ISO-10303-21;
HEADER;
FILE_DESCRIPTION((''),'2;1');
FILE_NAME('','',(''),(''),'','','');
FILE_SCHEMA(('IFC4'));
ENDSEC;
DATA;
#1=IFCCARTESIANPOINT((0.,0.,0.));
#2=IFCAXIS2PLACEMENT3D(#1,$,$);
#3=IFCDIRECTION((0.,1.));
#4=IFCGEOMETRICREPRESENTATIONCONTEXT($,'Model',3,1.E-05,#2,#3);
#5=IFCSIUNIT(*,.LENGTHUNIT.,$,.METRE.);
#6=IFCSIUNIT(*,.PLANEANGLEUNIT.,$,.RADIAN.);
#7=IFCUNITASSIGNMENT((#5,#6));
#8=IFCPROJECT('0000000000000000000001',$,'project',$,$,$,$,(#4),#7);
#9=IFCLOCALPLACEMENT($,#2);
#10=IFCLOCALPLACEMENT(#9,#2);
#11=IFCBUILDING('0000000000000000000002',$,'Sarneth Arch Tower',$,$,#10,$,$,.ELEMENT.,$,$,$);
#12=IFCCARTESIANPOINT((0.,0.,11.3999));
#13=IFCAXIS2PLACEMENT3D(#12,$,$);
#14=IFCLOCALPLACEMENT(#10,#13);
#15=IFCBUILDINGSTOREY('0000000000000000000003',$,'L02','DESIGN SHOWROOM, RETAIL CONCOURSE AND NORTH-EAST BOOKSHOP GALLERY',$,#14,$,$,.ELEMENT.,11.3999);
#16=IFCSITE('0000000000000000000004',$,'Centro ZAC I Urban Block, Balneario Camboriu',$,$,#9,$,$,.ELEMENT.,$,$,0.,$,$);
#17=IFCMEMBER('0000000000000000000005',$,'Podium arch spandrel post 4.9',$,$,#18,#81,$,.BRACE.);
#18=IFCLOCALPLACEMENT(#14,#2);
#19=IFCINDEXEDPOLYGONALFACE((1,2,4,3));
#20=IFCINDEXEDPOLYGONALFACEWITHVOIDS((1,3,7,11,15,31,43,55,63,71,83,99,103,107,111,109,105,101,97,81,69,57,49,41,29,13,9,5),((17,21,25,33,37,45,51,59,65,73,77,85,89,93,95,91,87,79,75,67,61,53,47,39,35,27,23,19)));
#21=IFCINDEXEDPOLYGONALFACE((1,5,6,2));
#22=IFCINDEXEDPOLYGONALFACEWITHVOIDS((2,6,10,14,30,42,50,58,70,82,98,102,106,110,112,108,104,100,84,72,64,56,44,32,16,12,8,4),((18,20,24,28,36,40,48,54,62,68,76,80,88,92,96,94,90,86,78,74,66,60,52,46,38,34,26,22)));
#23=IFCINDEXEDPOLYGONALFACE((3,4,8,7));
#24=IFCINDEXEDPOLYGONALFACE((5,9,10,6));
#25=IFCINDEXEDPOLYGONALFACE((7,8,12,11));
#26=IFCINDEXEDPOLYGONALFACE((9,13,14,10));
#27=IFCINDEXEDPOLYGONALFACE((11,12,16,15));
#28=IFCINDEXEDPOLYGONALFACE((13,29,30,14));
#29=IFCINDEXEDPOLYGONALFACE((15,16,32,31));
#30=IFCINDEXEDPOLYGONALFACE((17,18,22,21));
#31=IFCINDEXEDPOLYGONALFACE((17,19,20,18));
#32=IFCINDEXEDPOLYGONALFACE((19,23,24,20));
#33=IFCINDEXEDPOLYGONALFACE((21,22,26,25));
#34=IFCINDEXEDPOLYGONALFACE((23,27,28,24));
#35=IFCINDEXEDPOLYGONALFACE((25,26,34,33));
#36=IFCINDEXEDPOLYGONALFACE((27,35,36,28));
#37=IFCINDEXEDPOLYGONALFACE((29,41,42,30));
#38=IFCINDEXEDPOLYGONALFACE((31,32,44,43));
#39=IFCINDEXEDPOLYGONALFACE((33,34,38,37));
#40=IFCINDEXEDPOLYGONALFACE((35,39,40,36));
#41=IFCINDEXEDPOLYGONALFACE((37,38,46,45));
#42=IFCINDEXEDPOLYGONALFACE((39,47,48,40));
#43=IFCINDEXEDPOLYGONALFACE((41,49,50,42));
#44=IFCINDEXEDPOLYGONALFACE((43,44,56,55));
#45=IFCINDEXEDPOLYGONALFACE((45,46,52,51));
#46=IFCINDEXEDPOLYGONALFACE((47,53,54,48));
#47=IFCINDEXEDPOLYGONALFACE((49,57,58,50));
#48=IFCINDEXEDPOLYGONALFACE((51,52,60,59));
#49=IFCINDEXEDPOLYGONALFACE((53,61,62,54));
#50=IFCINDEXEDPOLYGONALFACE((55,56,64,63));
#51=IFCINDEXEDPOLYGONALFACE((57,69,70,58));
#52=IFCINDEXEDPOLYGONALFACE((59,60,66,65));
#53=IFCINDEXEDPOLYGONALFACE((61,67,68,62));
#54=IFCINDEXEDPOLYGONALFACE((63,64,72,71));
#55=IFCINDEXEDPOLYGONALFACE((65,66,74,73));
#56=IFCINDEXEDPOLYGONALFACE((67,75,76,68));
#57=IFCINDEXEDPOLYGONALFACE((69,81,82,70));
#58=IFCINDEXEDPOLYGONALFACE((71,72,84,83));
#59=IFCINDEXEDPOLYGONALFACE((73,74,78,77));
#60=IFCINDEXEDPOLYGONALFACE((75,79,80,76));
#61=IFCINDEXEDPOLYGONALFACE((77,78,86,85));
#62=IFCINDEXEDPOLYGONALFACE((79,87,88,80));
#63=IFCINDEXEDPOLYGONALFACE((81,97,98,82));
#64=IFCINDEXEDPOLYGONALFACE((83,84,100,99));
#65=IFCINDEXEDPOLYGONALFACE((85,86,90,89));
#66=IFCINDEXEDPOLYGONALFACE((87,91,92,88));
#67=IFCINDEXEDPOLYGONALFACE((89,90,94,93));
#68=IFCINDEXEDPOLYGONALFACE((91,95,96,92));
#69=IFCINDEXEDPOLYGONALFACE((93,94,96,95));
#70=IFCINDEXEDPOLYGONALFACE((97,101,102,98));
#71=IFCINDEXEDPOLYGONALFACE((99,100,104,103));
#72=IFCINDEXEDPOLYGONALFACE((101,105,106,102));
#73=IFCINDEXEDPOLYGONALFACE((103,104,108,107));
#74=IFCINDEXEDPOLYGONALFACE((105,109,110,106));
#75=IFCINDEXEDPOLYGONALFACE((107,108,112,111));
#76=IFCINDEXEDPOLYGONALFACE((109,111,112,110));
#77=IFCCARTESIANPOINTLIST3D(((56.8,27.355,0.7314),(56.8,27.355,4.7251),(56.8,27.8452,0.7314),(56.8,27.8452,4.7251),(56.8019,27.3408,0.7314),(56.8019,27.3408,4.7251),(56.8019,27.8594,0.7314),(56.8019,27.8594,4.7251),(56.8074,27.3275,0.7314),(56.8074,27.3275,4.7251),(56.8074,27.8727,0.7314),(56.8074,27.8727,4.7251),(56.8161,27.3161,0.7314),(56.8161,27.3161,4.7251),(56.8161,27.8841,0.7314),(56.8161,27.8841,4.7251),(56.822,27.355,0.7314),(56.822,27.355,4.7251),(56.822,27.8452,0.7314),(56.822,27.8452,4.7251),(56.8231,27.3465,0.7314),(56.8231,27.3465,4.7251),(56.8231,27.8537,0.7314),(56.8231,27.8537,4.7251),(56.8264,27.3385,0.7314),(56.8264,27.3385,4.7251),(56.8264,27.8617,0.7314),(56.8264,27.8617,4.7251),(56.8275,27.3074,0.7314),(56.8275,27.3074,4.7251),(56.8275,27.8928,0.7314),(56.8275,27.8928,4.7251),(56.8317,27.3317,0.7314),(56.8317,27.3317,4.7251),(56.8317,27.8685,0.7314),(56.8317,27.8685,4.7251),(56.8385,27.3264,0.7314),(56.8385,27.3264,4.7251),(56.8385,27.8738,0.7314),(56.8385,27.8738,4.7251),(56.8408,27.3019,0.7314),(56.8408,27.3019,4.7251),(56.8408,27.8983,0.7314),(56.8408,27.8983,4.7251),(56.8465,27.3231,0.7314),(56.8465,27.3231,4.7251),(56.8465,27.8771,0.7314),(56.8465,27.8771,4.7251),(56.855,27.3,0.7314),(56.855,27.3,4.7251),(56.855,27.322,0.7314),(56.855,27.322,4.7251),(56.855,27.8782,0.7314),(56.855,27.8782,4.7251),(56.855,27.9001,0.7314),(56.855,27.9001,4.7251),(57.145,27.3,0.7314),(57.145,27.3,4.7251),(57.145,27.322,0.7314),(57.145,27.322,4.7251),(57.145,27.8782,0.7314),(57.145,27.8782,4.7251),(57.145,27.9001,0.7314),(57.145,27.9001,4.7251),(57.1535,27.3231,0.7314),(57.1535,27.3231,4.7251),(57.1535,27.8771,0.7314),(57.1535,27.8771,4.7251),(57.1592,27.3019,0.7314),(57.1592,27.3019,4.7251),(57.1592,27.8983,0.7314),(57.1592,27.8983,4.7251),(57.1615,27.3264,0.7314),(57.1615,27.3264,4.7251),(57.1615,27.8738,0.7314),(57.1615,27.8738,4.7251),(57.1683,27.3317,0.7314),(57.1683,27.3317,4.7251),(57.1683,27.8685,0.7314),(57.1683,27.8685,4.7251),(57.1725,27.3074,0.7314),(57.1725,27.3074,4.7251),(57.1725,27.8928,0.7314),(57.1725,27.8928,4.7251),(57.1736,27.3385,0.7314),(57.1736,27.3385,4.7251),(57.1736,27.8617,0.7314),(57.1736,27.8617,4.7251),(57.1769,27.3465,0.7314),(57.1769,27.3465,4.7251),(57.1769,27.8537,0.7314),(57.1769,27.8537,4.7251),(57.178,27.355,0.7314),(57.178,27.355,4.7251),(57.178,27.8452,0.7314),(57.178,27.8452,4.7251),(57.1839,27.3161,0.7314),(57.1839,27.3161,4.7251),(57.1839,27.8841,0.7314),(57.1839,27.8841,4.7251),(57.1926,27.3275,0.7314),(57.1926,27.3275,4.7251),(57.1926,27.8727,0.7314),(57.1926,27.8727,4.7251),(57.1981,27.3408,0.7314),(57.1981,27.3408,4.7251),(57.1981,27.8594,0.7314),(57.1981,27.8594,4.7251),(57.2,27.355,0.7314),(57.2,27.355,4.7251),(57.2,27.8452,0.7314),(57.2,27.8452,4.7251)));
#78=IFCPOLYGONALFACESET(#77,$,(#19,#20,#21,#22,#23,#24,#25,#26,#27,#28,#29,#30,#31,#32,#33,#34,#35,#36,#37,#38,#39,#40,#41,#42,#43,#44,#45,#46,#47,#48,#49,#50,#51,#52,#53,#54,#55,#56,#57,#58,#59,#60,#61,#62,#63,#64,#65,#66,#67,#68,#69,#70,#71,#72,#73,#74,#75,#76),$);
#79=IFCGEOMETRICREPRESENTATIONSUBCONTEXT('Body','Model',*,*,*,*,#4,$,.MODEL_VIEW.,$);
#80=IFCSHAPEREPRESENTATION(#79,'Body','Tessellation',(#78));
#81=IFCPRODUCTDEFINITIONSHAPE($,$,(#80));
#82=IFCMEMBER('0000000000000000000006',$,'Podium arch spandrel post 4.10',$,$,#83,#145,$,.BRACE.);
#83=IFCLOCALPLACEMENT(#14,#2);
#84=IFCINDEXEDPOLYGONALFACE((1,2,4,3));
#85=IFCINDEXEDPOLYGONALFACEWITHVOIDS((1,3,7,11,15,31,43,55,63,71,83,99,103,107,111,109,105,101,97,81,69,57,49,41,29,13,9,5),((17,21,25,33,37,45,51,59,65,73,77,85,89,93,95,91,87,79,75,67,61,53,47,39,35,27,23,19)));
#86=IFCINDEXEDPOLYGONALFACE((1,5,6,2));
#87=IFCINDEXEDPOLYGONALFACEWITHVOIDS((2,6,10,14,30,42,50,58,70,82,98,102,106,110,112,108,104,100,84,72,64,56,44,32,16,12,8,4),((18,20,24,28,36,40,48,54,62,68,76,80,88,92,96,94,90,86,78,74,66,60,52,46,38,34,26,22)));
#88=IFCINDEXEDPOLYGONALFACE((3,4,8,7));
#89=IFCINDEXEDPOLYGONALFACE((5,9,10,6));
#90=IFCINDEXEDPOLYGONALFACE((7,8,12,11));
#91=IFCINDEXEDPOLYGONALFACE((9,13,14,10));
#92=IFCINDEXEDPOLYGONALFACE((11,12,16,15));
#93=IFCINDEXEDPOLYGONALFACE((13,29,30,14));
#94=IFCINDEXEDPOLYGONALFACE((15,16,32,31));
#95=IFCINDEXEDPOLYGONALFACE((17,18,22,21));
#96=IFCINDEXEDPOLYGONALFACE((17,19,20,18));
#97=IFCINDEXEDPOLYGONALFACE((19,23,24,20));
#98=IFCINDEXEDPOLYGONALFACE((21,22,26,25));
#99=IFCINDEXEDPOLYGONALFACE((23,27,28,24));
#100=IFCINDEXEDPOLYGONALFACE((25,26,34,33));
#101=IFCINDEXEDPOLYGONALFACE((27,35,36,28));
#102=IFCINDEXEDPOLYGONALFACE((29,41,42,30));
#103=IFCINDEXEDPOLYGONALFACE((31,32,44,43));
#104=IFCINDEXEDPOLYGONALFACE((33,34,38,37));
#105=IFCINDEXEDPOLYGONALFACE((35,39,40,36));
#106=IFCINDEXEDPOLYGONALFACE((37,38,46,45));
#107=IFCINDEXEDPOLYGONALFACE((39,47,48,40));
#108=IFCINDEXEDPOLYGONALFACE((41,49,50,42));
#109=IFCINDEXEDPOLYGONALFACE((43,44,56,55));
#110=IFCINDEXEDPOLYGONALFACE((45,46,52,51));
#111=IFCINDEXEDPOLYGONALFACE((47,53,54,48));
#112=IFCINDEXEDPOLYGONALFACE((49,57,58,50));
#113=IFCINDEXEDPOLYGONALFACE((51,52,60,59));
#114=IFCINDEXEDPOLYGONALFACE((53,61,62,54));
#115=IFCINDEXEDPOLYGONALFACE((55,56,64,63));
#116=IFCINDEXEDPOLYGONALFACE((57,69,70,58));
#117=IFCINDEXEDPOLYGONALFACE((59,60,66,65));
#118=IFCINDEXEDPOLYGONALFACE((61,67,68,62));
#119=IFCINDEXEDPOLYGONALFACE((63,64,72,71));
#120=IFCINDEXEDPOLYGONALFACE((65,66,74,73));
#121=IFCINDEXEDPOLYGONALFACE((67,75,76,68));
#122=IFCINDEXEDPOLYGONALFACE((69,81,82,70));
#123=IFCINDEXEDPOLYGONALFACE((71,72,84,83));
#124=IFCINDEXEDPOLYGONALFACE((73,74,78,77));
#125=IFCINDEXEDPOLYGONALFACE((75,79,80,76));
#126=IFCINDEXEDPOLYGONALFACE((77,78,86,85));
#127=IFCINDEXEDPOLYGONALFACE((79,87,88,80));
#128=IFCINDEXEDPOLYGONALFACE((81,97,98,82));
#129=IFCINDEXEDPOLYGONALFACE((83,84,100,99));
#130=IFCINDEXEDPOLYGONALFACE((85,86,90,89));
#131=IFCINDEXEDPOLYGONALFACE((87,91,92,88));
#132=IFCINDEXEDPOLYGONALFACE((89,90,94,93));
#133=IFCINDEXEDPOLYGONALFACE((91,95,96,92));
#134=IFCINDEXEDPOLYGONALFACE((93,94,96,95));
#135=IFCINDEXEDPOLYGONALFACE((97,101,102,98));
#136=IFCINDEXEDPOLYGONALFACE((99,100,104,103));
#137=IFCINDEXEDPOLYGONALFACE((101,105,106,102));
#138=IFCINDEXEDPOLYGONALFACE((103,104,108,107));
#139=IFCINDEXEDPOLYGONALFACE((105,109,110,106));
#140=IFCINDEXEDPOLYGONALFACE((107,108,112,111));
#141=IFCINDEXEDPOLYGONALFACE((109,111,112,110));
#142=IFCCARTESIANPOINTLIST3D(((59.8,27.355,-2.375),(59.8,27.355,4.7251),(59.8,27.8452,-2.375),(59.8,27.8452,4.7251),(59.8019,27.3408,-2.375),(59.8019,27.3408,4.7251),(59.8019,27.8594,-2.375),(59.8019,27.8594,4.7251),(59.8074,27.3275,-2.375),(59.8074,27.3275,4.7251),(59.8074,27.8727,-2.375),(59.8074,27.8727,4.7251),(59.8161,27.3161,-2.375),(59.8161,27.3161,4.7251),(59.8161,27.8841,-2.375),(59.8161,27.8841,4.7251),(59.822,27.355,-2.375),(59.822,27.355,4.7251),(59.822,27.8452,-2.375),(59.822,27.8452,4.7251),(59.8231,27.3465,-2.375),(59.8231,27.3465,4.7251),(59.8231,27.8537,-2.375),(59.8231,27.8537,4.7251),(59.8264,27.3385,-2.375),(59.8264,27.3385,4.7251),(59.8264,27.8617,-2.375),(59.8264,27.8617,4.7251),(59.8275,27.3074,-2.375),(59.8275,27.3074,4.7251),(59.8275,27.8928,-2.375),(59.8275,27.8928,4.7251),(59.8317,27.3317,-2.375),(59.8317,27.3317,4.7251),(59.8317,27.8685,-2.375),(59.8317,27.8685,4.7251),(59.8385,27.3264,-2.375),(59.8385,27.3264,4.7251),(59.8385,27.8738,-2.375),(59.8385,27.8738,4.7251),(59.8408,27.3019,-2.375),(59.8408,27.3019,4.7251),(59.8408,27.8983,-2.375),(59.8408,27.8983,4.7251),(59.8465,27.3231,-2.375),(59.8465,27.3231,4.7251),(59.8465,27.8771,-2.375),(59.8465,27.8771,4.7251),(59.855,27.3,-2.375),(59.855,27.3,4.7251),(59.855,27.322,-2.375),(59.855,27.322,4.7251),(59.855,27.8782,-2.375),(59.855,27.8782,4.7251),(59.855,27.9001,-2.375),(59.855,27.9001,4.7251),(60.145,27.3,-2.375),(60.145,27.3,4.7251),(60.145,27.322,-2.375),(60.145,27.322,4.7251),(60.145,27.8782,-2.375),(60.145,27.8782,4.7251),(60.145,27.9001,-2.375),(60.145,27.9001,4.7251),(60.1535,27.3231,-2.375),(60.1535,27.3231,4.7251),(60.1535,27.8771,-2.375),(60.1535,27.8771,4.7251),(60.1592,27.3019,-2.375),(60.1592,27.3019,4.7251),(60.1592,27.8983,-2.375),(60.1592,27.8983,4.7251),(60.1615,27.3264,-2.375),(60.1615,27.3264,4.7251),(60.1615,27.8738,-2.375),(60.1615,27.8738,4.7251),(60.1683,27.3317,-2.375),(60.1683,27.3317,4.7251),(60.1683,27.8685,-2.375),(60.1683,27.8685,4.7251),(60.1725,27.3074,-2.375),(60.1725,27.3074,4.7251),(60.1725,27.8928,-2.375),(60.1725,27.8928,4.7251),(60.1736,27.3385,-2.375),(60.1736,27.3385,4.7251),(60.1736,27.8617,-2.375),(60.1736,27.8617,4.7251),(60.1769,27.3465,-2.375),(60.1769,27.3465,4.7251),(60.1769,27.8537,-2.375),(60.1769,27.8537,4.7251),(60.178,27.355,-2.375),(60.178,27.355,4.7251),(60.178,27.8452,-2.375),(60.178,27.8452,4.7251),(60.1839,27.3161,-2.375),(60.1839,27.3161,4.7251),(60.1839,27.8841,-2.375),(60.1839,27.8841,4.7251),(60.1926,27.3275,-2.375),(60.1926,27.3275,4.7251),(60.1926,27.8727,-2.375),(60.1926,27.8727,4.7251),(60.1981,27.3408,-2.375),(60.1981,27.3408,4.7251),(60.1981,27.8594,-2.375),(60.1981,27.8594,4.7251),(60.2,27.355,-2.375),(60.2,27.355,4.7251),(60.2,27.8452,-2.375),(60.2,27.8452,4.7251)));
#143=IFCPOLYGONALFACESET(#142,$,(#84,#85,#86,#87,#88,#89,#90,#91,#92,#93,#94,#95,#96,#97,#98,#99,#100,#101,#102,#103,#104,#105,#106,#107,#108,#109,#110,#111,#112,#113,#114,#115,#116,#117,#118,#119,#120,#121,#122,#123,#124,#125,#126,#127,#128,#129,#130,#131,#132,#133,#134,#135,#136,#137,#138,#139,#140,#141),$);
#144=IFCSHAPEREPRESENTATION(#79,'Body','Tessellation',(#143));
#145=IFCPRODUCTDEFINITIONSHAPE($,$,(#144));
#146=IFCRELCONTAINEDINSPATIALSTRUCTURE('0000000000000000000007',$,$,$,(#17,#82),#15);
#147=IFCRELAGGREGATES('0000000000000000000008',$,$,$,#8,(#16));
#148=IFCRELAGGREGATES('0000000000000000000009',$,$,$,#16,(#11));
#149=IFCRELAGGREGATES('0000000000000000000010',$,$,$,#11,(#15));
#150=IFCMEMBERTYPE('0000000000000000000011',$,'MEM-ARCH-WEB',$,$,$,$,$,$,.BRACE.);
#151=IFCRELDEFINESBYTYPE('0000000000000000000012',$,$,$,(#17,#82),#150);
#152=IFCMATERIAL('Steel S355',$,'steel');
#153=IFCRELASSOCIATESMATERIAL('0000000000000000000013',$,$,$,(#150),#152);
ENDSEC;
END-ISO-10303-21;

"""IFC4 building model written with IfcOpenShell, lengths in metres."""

from ifc_helpers import new_model, si_unit, direction, frame, origin, origin_2d, place, context, subcontext, project, spatial, hollow_rectangle, extrude, material, material_profile, profile_set, type_object, element, save


model = new_model("IFC4")

# Units and contexts
model_context = context("Model", 3, precision=1e-05, world=origin(), true_north=direction((0.0, 1.0)))
body_context = subcontext(model_context, "Body", "Model", "MODEL_VIEW")
ifc_project = project(units=[si_unit("LENGTHUNIT", "METRE"), si_unit("PLANEANGLEUNIT", "RADIAN")], contexts=[model_context])

# Site, building, storey
site_placement = place(None, origin())
site = spatial("IfcSite", under=ifc_project, at=site_placement, Name="Centro ZAC I Urban Block, Balneario Camboriu", CompositionType="ELEMENT", RefElevation=0.0)
building_placement = place(site_placement, origin())
building = spatial("IfcBuilding", under=site, at=building_placement, Name="Sarneth Arch Tower", CompositionType="ELEMENT")
storey_placement = place(building_placement, frame((0.0, 0.0, 11.3999)))
storey = spatial("IfcBuildingStorey", under=building, at=storey_placement, Name="L02", Description="DESIGN SHOWROOM, RETAIL CONCOURSE AND NORTH-EAST BOOKSHOP GALLERY", CompositionType="ELEMENT", Elevation=11.3999)

# Members
ifc_material_1 = material(Name="Steel S355", Category="steel")
ifc_material_profile_1 = material_profile(ifc_material_1, hollow_rectangle(XDim=0.3999, YDim=0.6001, WallThickness=0.022, InnerFilletRadius=0.033, OuterFilletRadius=0.0549, at=origin_2d()), Name="RHS600x400x22")
ifc_profile_set_1 = profile_set([ifc_material_profile_1], Name="Steel S355")
member_type = type_object("IfcMemberType", Name="MEM-ARCH-WEB", PredefinedType="BRACE", material=ifc_profile_set_1)
member_1_placement = place(storey_placement, frame((57.0, 27.6001, 0.7314), z_axis=(0.0, 0.0, 1.0), x_axis=(1.0, 0.0, 0.0)))
element("IfcMember", 1, at=member_1_placement, inside=storey, type_object=member_type, Name="Podium arch spandrel post 4.9", PredefinedType="BRACE", context=body_context, shape_type="SweptSolid", body=[
    extrude(hollow_rectangle(XDim=0.3999, YDim=0.6001, WallThickness=0.022, InnerFilletRadius=0.033, OuterFilletRadius=0.0549, at=origin_2d()), origin(), (0.0, 0.0, 1.0), 3.9937),
])
member_2_placement = place(storey_placement, frame((60.0, 27.6001, -2.375), z_axis=(0.0, 0.0, 1.0), x_axis=(1.0, 0.0, 0.0)))
element("IfcMember", 2, at=member_2_placement, inside=storey, type_object=member_type, Name="Podium arch spandrel post 4.10", PredefinedType="BRACE", context=body_context, shape_type="SweptSolid", body=[
    extrude(hollow_rectangle(XDim=0.3999, YDim=0.6001, WallThickness=0.022, InnerFilletRadius=0.033, OuterFilletRadius=0.0549, at=origin_2d()), origin(), (0.0, 0.0, 1.0), 7.1001),
])

save(model, "model.ifc")
